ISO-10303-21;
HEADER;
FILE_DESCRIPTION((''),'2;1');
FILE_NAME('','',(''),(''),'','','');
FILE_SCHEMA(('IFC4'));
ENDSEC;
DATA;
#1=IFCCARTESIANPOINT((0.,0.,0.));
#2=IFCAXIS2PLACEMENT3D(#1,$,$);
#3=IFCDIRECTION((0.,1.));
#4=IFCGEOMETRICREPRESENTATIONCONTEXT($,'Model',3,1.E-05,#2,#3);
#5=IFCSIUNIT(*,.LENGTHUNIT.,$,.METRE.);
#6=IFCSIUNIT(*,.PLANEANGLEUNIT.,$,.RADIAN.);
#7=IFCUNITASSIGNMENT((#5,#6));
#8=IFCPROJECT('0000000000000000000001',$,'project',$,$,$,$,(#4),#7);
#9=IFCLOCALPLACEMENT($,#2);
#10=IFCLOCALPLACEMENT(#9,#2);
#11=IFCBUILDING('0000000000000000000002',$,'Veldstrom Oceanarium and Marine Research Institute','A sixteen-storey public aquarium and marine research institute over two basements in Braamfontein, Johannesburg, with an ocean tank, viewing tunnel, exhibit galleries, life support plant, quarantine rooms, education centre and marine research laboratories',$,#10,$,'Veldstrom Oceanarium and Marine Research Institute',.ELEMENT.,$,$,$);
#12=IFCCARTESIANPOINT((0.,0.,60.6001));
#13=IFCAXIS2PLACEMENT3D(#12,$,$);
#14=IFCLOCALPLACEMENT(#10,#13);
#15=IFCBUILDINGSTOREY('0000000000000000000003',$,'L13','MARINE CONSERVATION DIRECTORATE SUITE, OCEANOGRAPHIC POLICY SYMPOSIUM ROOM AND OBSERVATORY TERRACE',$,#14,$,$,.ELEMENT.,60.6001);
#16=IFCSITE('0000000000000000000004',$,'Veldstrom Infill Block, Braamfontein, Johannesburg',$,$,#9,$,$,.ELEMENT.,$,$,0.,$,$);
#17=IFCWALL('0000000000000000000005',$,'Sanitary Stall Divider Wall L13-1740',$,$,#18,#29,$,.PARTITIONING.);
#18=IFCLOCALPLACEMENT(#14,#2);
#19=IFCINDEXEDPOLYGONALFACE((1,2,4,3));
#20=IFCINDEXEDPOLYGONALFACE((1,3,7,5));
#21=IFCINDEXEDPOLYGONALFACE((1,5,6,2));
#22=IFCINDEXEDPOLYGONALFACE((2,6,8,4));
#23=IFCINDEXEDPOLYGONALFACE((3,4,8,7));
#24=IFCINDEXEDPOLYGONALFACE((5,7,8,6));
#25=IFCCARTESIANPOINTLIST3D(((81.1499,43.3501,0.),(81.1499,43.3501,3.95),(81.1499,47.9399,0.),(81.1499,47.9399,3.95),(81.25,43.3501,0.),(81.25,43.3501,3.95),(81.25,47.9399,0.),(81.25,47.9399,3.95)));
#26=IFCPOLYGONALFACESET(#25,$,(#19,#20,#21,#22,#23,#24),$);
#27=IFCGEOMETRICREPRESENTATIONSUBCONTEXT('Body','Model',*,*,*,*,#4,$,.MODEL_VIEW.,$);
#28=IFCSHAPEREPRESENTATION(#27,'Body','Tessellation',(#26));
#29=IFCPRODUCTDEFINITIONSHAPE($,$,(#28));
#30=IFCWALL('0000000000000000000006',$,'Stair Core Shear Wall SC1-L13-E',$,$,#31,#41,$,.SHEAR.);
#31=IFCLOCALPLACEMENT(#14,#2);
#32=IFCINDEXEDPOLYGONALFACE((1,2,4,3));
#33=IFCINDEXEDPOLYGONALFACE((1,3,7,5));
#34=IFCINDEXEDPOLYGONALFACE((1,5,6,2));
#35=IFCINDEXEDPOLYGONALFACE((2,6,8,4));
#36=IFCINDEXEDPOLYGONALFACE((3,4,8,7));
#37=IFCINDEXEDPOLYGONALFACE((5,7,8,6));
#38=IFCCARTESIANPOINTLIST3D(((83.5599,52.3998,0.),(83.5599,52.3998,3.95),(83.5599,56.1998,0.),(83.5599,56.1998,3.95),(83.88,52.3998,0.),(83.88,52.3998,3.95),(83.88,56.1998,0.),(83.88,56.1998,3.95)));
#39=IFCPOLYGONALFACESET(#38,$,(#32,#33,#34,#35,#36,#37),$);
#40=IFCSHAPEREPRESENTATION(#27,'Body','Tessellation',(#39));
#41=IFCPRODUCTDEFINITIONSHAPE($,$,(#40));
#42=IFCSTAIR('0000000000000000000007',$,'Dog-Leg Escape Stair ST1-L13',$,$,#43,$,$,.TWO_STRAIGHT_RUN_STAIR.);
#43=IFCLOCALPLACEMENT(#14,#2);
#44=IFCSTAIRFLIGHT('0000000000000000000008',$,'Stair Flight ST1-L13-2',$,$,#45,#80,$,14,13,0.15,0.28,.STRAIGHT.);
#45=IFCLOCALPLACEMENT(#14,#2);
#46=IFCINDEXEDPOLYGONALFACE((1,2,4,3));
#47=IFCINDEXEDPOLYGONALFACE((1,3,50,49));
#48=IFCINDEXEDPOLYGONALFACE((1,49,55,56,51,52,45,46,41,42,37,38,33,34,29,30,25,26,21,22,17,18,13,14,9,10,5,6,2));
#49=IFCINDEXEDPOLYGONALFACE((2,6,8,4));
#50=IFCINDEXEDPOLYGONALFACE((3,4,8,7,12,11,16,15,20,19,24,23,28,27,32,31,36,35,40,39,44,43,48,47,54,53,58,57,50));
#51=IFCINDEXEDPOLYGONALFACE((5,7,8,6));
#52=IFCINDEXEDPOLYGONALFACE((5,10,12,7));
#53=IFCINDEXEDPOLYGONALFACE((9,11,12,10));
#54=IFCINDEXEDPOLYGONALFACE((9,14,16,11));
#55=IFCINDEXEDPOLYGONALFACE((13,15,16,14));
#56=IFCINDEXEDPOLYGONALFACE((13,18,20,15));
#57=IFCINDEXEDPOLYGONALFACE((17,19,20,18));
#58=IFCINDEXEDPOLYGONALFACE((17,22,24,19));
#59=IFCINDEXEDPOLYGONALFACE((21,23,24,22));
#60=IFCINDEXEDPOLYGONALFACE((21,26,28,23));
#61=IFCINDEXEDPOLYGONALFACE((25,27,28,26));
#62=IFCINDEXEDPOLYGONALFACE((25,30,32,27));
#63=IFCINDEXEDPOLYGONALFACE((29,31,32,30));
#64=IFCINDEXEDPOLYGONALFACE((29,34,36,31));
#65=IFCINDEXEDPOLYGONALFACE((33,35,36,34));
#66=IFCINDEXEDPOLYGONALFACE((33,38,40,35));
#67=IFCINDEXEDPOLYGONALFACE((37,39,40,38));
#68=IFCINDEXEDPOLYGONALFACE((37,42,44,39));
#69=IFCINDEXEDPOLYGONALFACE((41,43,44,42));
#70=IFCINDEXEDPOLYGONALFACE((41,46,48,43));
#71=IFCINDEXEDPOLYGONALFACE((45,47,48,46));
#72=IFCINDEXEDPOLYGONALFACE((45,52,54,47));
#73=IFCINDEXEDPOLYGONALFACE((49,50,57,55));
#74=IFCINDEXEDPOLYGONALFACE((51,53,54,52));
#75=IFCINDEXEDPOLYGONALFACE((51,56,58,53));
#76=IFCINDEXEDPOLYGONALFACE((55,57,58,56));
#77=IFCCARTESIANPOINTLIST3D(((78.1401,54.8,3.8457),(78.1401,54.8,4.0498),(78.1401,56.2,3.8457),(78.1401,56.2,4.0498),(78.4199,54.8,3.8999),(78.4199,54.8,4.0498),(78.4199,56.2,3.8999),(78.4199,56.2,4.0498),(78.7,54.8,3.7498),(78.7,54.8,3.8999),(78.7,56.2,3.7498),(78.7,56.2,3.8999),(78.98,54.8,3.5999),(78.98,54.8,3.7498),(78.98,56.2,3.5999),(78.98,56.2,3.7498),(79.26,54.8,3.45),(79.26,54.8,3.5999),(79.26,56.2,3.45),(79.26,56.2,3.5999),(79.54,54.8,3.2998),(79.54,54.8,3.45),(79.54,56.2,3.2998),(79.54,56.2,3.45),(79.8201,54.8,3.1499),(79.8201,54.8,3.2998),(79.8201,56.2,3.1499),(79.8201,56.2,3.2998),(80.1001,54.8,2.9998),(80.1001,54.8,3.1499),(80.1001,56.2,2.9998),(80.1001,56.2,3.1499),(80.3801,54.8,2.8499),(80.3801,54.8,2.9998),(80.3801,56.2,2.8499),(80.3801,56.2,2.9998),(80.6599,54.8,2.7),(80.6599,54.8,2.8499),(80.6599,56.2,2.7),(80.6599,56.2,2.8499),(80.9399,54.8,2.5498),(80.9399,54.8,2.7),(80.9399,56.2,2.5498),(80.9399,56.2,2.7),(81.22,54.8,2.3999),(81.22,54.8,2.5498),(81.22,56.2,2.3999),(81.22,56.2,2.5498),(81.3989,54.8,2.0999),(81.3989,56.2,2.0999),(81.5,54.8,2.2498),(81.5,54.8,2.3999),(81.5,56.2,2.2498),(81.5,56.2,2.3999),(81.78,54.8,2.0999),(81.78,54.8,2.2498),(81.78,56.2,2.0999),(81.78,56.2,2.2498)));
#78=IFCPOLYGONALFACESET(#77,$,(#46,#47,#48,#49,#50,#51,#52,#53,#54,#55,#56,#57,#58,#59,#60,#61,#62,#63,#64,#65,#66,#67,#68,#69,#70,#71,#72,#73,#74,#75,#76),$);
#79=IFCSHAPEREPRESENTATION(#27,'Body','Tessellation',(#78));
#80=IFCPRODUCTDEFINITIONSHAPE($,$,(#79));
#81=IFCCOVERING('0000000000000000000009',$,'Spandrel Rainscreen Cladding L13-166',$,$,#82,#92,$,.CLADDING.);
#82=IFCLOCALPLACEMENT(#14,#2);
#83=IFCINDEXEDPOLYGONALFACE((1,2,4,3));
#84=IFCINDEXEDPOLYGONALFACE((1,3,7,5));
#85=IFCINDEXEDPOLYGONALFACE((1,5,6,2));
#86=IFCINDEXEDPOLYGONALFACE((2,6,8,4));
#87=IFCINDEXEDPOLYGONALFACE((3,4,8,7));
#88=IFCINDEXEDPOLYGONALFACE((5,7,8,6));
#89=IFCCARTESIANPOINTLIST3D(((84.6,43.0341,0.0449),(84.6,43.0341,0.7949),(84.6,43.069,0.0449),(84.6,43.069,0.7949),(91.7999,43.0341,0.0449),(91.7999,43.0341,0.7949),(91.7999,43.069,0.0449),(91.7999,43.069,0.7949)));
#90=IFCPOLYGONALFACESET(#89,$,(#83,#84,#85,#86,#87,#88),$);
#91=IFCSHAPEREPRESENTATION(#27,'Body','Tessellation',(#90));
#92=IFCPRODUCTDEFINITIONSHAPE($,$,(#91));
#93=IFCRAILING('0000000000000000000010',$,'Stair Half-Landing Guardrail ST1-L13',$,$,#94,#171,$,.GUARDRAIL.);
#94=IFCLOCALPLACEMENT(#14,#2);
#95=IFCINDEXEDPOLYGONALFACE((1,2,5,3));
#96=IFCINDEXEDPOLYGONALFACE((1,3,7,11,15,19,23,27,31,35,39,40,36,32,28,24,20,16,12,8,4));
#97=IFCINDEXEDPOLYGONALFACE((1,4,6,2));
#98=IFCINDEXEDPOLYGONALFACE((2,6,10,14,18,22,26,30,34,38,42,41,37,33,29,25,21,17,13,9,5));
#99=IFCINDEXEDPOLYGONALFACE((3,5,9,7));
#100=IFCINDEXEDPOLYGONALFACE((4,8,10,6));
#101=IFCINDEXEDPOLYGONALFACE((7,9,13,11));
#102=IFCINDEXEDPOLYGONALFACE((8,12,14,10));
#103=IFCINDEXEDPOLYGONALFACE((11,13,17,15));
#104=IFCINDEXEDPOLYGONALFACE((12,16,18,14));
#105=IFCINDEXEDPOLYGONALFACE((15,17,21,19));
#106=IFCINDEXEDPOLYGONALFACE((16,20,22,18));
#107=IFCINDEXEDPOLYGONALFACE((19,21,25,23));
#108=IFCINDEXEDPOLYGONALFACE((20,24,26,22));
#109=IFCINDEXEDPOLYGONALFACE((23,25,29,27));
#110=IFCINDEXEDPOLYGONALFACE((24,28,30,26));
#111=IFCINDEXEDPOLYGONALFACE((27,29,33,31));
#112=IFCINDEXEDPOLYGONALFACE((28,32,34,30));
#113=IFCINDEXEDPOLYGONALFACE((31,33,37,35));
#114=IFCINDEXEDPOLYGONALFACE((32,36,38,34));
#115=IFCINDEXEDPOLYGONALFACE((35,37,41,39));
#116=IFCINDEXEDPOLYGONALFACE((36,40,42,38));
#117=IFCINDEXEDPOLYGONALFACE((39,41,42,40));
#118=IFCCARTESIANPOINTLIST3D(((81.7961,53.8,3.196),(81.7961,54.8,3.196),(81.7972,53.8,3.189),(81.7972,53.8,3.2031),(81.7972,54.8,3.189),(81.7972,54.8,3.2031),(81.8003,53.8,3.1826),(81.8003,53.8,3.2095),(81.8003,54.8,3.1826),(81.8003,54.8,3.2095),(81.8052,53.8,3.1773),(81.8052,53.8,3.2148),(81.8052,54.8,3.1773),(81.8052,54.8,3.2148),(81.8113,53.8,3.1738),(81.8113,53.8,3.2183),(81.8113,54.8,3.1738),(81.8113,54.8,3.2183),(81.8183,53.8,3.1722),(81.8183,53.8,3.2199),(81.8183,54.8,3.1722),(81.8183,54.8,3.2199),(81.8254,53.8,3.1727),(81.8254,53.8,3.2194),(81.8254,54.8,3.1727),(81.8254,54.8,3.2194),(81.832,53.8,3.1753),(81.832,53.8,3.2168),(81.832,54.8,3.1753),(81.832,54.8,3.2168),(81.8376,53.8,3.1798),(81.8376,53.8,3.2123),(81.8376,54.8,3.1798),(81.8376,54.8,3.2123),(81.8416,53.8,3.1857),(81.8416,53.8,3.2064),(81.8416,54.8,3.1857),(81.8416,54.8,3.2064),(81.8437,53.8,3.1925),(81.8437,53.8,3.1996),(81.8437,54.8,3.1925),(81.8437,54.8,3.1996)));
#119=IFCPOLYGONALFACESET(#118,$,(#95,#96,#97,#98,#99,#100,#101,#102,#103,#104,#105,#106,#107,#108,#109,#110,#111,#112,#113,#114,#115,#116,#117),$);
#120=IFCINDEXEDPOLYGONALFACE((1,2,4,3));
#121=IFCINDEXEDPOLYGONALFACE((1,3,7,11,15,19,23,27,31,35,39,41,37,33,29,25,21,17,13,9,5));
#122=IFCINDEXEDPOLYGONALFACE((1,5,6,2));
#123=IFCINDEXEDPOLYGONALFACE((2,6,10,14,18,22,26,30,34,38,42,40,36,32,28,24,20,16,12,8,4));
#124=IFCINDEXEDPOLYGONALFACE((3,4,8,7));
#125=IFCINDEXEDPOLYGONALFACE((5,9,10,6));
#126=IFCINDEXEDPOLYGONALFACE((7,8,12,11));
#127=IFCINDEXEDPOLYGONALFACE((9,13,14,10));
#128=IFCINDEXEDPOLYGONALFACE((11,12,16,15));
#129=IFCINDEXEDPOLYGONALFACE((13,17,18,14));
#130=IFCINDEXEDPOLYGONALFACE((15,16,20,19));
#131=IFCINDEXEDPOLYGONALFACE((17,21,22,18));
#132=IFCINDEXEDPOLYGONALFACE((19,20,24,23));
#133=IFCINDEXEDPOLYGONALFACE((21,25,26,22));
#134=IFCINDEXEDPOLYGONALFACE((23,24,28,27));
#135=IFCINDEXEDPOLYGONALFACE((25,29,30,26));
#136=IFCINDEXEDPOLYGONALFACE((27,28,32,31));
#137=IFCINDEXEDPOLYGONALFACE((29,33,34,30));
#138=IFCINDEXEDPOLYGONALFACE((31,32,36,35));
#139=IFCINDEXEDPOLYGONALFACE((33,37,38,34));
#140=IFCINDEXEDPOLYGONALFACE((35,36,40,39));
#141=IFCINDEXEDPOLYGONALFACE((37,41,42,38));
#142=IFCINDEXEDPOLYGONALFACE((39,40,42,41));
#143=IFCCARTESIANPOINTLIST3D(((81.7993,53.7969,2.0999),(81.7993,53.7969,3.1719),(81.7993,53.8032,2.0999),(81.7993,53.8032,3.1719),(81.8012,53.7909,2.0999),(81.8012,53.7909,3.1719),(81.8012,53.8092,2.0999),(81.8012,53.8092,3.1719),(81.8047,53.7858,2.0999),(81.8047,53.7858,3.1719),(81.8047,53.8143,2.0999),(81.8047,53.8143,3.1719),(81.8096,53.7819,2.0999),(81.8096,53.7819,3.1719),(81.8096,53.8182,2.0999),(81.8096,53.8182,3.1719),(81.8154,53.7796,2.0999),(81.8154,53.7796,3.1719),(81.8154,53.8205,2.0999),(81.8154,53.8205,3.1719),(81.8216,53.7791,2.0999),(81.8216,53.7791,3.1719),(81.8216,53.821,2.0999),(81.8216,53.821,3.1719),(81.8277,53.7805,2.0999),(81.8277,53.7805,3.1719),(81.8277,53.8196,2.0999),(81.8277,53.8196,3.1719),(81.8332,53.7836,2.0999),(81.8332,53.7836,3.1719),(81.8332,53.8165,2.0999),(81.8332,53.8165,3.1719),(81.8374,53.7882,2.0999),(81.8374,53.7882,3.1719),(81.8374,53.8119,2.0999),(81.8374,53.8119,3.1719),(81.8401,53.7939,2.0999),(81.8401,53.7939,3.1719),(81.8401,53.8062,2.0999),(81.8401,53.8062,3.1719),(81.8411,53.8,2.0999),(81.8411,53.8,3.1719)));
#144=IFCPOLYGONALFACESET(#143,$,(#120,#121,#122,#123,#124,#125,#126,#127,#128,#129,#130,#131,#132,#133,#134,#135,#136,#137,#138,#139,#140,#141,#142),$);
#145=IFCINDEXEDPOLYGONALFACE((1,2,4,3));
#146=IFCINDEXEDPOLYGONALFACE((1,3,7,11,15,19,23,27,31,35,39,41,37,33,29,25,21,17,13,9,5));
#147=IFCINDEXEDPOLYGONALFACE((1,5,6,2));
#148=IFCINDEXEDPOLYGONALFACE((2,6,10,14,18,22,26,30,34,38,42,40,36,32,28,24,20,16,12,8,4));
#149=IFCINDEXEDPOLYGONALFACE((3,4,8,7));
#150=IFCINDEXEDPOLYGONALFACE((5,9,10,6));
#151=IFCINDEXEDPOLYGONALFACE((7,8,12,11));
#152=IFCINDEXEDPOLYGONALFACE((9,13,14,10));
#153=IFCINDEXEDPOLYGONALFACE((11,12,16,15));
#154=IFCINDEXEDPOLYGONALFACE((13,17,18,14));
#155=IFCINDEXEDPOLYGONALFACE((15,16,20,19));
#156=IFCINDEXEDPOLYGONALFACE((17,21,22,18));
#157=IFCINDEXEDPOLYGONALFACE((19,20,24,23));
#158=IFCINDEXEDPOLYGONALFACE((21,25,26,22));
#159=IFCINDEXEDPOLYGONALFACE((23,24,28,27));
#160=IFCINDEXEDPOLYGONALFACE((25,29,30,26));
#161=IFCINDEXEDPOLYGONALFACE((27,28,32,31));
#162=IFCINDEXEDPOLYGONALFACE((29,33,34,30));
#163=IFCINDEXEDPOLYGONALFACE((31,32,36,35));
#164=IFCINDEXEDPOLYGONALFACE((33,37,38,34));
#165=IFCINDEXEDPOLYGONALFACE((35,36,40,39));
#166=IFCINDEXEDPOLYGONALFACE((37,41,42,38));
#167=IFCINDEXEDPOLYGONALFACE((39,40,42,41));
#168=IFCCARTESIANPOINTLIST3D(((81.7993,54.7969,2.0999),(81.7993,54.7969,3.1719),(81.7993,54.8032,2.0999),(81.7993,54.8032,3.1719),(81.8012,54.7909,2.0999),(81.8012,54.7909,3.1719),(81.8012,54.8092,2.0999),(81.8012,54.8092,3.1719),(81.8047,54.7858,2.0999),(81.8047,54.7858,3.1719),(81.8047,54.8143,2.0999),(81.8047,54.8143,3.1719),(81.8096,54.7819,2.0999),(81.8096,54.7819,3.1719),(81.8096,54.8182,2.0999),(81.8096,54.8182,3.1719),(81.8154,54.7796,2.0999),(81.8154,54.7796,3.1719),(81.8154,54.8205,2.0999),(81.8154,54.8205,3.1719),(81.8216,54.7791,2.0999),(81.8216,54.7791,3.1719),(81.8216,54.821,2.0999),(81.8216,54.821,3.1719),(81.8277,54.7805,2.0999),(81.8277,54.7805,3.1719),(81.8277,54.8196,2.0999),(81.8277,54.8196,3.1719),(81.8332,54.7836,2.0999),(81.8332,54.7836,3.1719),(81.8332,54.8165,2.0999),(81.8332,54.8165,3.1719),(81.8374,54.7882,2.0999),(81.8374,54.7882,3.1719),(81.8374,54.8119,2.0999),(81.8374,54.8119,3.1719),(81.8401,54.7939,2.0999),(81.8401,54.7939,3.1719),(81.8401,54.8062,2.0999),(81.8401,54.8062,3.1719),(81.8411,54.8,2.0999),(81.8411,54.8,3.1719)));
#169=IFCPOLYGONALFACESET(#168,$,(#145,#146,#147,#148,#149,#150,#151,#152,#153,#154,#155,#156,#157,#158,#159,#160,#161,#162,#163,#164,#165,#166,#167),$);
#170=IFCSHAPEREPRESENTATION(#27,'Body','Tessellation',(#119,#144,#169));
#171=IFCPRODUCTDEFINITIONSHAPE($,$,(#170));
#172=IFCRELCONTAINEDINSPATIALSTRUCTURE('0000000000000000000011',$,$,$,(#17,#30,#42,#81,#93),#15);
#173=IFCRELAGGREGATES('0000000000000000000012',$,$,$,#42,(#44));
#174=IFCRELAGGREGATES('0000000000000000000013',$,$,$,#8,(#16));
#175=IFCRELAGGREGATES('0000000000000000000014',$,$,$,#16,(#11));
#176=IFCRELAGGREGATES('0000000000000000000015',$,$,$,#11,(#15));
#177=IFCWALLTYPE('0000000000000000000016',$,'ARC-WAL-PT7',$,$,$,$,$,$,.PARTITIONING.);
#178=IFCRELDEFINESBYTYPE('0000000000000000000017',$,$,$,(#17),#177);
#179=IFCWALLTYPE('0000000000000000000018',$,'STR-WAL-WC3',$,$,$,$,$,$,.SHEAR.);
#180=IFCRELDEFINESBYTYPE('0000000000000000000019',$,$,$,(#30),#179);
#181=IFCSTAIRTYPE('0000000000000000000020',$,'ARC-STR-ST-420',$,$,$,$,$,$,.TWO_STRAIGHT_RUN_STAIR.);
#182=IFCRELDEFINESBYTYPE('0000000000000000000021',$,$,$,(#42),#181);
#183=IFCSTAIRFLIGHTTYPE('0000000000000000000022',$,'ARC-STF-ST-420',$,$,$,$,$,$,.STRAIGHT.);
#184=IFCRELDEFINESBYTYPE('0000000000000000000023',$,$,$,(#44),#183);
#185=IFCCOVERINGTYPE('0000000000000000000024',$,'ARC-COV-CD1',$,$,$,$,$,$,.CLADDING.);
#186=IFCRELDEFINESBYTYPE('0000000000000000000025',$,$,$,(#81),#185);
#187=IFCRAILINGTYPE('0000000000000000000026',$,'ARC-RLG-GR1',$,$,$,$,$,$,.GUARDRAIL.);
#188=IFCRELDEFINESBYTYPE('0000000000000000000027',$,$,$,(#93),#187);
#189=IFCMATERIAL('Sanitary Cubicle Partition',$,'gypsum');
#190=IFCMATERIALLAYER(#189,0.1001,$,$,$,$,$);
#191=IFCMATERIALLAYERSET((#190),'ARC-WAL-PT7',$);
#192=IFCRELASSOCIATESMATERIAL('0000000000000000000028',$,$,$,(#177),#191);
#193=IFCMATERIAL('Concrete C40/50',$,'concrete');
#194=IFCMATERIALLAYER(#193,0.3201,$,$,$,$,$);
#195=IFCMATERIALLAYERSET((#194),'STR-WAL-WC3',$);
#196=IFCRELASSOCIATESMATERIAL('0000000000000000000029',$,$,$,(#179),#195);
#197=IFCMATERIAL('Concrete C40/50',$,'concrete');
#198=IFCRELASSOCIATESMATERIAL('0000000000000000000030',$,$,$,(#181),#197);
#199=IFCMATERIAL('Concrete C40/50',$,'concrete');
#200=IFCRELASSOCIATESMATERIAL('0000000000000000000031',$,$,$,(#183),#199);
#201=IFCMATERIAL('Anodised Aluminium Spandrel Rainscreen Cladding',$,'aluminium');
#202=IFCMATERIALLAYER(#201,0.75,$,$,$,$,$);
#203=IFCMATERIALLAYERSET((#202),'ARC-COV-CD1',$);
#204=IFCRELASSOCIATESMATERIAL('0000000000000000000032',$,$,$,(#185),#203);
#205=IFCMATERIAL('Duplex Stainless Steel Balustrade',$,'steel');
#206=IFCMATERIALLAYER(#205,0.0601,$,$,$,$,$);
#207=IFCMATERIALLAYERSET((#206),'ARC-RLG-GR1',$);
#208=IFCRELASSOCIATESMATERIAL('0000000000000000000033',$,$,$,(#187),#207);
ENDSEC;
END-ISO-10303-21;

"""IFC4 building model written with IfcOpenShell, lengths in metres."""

from ifc_helpers import new_model, si_unit, direction, frame, frame_2d, origin, origin_2d, place, context, subcontext, project, spatial, polyline, rectangle, circle, outline, extrude, material, layer, layer_set, type_object, element, aggregate, save


model = new_model("IFC4")

# Units and contexts
model_context = context("Model", 3, precision=1e-05, world=origin(), true_north=direction((0.0, 1.0)))
body_context = subcontext(model_context, "Body", "Model", "MODEL_VIEW")
ifc_project = project(units=[si_unit("LENGTHUNIT", "METRE"), si_unit("PLANEANGLEUNIT", "RADIAN")], contexts=[model_context])

# Site, building, storey
site_placement = place(None, origin())
site = spatial("IfcSite", under=ifc_project, at=site_placement, Name="Veldstrom Infill Block, Braamfontein, Johannesburg", CompositionType="ELEMENT", RefElevation=0.0)
building_placement = place(site_placement, origin())
building = spatial("IfcBuilding", under=site, at=building_placement, Name="Veldstrom Oceanarium and Marine Research Institute", Description="A sixteen-storey public aquarium and marine research institute over two basements in Braamfontein, Johannesburg, with an ocean tank, viewing tunnel, exhibit galleries, life support plant, quarantine rooms, education centre and marine research laboratories", LongName="Veldstrom Oceanarium and Marine Research Institute", CompositionType="ELEMENT")
storey_placement = place(building_placement, frame((0.0, 0.0, 60.6001)))
storey = spatial("IfcBuildingStorey", under=building, at=storey_placement, Name="L13", Description="MARINE CONSERVATION DIRECTORATE SUITE, OCEANOGRAPHIC POLICY SYMPOSIUM ROOM AND OBSERVATORY TERRACE", CompositionType="ELEMENT", Elevation=60.6001)

# Walls
ifc_material_1 = material(Name="Sanitary Cubicle Partition", Category="gypsum")
ifc_layer_1 = layer(ifc_material_1, 0.1001)
ifc_layer_set_1 = layer_set([ifc_layer_1], Name="ARC-WAL-PT7")
wall_type_1 = type_object("IfcWallType", Name="ARC-WAL-PT7", PredefinedType="PARTITIONING", material=ifc_layer_set_1)
wall_1_placement = place(storey_placement, frame((81.2, 43.3501, 0.0), z_axis=(0.0, 0.0, 1.0), x_axis=(0.0, 1.0, 0.0)))
element("IfcWall", 1, at=wall_1_placement, inside=storey, type_object=wall_type_1, Name="Sanitary Stall Divider Wall L13-1740", PredefinedType="PARTITIONING", context=body_context, shape_type="SweptSolid", body=[
    extrude(rectangle(XDim=4.5898, YDim=0.1001, at=frame_2d((2.2949, 0.0))), origin(), (0.0, 0.0, 1.0), 3.95),
])
ifc_material_2 = material(Name="Concrete C40/50", Category="concrete")
ifc_layer_2 = layer(ifc_material_2, 0.3201)
ifc_layer_set_2 = layer_set([ifc_layer_2], Name="STR-WAL-WC3")
wall_type_2 = type_object("IfcWallType", Name="STR-WAL-WC3", PredefinedType="SHEAR", material=ifc_layer_set_2)
wall_2_placement = place(storey_placement, frame((83.72, 52.3999, 0.0), z_axis=(0.0, 0.0, 1.0), x_axis=(0.0, 1.0, 0.0)))
element("IfcWall", 2, at=wall_2_placement, inside=storey, type_object=wall_type_2, Name="Stair Core Shear Wall SC1-L13-E", PredefinedType="SHEAR", context=body_context, shape_type="SweptSolid", body=[
    extrude(rectangle(XDim=3.8, YDim=0.3201, at=frame_2d((1.8999, 0.0))), origin(), (0.0, 0.0, 1.0), 3.95),
])

# Stair, stair flight
ifc_material_3 = material(Name="Concrete C40/50", Category="concrete")
stair_type = type_object("IfcStairType", Name="ARC-STR-ST-420", PredefinedType="TWO_STRAIGHT_RUN_STAIR", material=ifc_material_3)
stair_placement = place(storey_placement, origin())
stair = element("IfcStair", 3, at=stair_placement, inside=storey, type_object=stair_type, Name="Dog-Leg Escape Stair ST1-L13", PredefinedType="TWO_STRAIGHT_RUN_STAIR")
ifc_material_4 = material(Name="Concrete C40/50", Category="concrete")
stair_flight_type = type_object("IfcStairFlightType", Name="ARC-STF-ST-420", PredefinedType="STRAIGHT", material=ifc_material_4)
stair_flight_placement = place(storey_placement, frame((81.78, 55.5, 2.0999), z_axis=(0.0, 0.0, 1.0), x_axis=(-1.0, 0.0, 0.0)))
stair_flight = element("IfcStairFlight", 4, at=stair_flight_placement, type_object=stair_flight_type, Name="Stair Flight ST1-L13-2", NumberOfRisers=14, NumberOfTreads=13, PredefinedType="STRAIGHT", RiserHeight=0.15, TreadLength=0.28, context=body_context, shape_type="SweptSolid", body=[
    extrude(outline(polyline([(0.0, 0.0), (0.0, 0.1499), (0.28, 0.1499), (0.28, 0.3), (0.5601, 0.3), (0.5601, 0.45), (0.8401, 0.45), (0.8401, 0.6001), (1.1201, 0.6001), (1.1201, 0.75), (1.3999, 0.75), (1.3999, 0.8999), (1.6799, 0.8999), (1.6799, 1.05), (1.96, 1.05), (1.96, 1.2), (2.24, 1.2), (2.24, 1.3501), (2.52, 1.3501), (2.52, 1.5), (2.8, 1.5), (2.8, 1.6499), (3.0801, 1.6499), (3.0801, 1.8), (3.3601, 1.8), (3.3601, 1.95), (3.6399, 1.95), (3.6399, 2.1001), (3.6399, 1.7458), (0.3811, 0.0), (0.0, 0.0)])), frame((0.0, 0.7, 0.0), z_axis=(0.0, -1.0, 0.0), x_axis=(1.0, 0.0, 0.0)), (0.0, 0.0, 1.0), 1.3999),
])
aggregate(stair, [stair_flight])

# Covering
ifc_material_5 = material(Name="Anodised Aluminium Spandrel Rainscreen Cladding", Category="aluminium")
ifc_layer_3 = layer(ifc_material_5, 0.75)
ifc_layer_set_3 = layer_set([ifc_layer_3], Name="ARC-COV-CD1")
covering_type = type_object("IfcCoveringType", Name="ARC-COV-CD1", PredefinedType="CLADDING", material=ifc_layer_set_3)
covering_placement = place(storey_placement, frame((88.2, 43.0515, 0.0449), z_axis=(0.0, 0.0, 1.0), x_axis=(1.0, 0.0, 0.0)))
element("IfcCovering", 5, at=covering_placement, inside=storey, type_object=covering_type, Name="Spandrel Rainscreen Cladding L13-166", PredefinedType="CLADDING", context=body_context, shape_type="SweptSolid", body=[
    extrude(rectangle(XDim=7.2, YDim=0.0349, at=origin_2d()), origin(), (0.0, 0.0, 1.0), 0.75),
])

# Railing
ifc_material_6 = material(Name="Duplex Stainless Steel Balustrade", Category="steel")
ifc_layer_4 = layer(ifc_material_6, 0.0601)
ifc_layer_set_4 = layer_set([ifc_layer_4], Name="ARC-RLG-GR1")
railing_type_1 = type_object("IfcRailingType", Name="ARC-RLG-GR1", PredefinedType="GUARDRAIL", material=ifc_layer_set_4)
railing_1_placement = place(storey_placement, frame((81.8201, 53.8, 2.0999)))
element("IfcRailing", 6, at=railing_1_placement, inside=storey, type_object=railing_type_1, Name="Stair Half-Landing Guardrail ST1-L13", PredefinedType="GUARDRAIL", context=body_context, shape_type="SweptSolid", body=[
    extrude(circle(Radius=0.0239, at=origin_2d()), frame((0.0, 0.0, 1.0962), z_axis=(0.0, 1.0, 0.0), x_axis=(-1.0, 0.0, 0.0)), (0.0, 0.0, 1.0), 1.0),
    extrude(circle(Radius=0.021, at=origin_2d()), origin(), (0.0, 0.0, 1.0), 1.072),
    extrude(circle(Radius=0.021, at=origin_2d()), frame((0.0, 1.0, 0.0)), (0.0, 0.0, 1.0), 1.072),
])

save(model, "model.ifc")
